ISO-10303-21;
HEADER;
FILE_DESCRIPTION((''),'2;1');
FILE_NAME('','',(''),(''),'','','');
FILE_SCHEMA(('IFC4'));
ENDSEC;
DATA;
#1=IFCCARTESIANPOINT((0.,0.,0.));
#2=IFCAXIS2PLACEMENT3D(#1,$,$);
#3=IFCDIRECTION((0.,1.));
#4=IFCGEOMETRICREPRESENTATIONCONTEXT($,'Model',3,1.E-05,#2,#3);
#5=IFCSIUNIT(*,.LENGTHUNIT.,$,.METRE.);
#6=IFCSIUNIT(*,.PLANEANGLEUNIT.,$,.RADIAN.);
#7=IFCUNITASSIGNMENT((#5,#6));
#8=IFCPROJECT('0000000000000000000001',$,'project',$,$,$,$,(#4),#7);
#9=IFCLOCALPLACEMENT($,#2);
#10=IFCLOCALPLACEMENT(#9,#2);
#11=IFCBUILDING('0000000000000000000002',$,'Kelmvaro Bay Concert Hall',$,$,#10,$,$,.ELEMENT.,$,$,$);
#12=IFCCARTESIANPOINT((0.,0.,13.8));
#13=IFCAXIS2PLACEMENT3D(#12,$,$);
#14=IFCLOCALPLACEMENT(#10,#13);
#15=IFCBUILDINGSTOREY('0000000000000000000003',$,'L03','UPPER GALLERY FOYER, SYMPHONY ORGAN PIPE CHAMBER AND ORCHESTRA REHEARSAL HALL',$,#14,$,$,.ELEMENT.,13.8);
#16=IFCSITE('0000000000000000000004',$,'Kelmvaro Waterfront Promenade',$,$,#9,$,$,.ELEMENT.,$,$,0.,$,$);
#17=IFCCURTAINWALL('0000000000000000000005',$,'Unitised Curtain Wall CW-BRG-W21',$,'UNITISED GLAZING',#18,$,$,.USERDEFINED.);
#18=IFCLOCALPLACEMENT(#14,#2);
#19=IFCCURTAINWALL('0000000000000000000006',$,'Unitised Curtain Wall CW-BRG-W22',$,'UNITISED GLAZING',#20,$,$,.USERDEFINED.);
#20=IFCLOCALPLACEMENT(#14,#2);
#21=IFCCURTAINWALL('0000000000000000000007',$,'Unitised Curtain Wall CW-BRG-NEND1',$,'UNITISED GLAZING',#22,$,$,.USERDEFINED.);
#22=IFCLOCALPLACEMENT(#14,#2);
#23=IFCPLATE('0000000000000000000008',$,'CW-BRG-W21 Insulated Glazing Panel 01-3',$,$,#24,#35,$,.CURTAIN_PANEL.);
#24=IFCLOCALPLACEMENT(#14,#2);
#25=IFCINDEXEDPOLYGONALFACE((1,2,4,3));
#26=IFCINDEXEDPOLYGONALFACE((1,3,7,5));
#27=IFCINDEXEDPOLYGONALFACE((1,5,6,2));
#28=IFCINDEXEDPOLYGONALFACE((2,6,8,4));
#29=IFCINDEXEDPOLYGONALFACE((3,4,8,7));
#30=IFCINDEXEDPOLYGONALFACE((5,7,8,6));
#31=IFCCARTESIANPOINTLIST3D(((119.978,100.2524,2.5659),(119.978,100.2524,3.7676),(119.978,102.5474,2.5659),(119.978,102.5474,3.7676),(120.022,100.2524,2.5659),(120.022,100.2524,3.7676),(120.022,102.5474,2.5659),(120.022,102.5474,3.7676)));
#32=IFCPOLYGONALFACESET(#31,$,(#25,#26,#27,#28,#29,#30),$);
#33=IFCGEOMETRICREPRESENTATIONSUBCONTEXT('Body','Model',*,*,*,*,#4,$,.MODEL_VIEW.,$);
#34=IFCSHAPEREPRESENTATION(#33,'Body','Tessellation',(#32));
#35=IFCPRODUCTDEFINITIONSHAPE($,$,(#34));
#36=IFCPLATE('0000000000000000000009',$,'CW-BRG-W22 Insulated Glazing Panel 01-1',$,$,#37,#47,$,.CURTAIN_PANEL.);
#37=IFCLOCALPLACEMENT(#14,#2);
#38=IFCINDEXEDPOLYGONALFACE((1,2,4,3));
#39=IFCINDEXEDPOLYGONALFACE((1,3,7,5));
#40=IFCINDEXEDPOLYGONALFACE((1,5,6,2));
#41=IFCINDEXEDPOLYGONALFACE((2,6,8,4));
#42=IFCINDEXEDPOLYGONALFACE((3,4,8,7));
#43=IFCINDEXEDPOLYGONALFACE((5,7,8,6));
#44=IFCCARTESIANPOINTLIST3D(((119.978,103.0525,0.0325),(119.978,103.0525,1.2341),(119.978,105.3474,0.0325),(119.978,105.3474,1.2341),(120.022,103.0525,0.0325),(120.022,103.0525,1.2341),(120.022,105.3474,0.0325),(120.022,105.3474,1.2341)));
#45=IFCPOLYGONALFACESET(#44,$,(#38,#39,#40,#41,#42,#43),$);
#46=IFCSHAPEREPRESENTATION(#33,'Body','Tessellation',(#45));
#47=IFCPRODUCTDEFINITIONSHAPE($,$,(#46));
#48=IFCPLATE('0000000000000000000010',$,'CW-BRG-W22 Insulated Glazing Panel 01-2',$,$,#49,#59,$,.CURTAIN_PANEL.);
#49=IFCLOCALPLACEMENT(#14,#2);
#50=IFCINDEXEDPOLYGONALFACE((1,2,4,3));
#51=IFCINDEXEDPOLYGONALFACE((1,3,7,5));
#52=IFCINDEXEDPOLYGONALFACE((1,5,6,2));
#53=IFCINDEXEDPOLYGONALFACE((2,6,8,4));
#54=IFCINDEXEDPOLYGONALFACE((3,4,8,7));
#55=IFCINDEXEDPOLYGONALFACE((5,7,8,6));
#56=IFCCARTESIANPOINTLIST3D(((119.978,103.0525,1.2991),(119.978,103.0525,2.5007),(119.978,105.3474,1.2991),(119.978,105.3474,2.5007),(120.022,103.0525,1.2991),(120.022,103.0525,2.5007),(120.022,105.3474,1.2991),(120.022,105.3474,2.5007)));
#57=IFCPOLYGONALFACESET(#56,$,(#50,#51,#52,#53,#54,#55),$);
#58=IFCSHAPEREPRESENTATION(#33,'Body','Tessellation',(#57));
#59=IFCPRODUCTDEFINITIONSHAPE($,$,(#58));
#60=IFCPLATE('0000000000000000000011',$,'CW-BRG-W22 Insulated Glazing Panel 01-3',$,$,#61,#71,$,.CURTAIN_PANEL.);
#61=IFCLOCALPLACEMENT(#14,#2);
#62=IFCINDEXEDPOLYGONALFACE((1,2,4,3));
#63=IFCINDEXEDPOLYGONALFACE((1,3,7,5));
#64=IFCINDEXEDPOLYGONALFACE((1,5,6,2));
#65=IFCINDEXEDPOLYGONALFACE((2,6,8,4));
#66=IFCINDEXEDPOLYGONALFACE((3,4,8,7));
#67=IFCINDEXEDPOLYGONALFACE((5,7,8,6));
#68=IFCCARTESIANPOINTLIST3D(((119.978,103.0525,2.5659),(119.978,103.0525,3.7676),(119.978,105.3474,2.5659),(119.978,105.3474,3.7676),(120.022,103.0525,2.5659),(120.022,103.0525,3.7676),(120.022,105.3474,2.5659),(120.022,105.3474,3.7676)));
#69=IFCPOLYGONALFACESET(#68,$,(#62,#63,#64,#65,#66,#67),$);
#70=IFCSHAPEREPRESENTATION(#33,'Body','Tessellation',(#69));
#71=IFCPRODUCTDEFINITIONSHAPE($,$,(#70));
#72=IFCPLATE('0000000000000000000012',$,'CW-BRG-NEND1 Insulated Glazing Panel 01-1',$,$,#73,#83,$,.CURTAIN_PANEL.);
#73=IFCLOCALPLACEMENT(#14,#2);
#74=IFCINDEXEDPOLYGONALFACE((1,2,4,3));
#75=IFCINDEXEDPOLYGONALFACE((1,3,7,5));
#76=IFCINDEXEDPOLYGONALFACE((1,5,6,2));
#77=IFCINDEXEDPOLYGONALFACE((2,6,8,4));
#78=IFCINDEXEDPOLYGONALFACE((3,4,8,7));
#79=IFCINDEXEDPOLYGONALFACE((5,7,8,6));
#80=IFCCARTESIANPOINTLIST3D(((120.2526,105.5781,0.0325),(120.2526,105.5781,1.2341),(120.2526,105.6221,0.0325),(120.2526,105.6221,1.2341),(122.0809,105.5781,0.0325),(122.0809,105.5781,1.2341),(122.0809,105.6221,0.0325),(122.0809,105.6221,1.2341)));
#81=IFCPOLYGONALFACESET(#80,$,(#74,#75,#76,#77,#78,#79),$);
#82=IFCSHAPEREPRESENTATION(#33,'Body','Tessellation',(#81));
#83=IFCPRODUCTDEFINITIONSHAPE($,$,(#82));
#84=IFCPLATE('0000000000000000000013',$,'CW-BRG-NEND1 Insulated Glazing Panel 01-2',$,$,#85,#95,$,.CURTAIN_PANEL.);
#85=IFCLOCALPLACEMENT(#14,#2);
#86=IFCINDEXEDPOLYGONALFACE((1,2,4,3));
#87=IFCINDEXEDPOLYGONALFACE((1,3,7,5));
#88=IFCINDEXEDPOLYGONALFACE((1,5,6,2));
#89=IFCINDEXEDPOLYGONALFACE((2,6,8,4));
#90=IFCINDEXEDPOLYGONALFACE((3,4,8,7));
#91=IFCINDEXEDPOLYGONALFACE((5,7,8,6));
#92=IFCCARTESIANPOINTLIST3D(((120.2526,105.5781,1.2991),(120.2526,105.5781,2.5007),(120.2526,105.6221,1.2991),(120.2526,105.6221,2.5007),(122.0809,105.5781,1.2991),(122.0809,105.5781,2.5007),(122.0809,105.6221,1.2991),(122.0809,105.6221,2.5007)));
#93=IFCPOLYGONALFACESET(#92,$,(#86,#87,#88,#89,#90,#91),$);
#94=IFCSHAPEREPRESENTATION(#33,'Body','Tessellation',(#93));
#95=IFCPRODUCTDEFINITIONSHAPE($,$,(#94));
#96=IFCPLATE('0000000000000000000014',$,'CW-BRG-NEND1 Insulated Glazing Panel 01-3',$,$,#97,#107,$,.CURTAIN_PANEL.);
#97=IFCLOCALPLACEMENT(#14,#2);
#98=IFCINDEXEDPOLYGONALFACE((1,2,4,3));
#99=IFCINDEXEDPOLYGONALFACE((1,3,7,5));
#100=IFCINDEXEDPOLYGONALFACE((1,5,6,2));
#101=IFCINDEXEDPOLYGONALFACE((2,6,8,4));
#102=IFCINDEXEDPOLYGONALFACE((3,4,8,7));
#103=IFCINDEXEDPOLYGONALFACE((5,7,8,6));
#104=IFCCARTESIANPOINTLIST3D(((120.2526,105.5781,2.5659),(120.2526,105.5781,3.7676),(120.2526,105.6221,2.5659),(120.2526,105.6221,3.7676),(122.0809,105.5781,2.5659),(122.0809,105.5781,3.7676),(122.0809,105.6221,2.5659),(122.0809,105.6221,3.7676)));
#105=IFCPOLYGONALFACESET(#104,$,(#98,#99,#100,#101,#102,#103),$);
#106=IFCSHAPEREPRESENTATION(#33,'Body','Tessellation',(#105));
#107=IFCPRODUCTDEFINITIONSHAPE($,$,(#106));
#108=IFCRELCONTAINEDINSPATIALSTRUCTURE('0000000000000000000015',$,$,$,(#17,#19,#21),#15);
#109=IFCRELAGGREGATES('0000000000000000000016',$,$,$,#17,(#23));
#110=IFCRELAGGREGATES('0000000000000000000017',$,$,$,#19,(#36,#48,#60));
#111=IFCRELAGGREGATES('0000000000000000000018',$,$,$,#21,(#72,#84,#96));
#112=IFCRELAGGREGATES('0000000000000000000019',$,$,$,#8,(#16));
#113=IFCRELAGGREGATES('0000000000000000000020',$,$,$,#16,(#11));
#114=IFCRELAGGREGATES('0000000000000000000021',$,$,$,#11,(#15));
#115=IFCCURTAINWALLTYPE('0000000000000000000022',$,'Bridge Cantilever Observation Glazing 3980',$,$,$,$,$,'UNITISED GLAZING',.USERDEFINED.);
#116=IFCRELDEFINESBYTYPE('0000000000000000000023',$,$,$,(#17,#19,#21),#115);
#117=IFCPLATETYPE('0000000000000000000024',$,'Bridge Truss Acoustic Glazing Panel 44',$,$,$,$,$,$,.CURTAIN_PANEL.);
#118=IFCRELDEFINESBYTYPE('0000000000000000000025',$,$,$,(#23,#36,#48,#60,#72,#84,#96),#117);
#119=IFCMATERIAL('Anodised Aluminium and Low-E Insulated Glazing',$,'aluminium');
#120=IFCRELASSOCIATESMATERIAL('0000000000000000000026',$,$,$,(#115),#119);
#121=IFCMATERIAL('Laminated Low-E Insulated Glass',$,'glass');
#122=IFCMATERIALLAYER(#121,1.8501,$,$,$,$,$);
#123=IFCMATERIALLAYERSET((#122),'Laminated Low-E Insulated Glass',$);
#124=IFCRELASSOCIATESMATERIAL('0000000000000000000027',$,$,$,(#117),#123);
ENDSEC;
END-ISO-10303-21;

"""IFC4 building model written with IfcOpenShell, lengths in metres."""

from ifc_helpers import new_model, si_unit, direction, frame, origin, origin_2d, place, context, subcontext, project, spatial, rectangle, extrude, material, layer, layer_set, type_object, element, aggregate, save


model = new_model("IFC4")

# Units and contexts
model_context = context("Model", 3, precision=1e-05, world=origin(), true_north=direction((0.0, 1.0)))
body_context = subcontext(model_context, "Body", "Model", "MODEL_VIEW")
ifc_project = project(units=[si_unit("LENGTHUNIT", "METRE"), si_unit("PLANEANGLEUNIT", "RADIAN")], contexts=[model_context])

# Site, building, storey
site_placement = place(None, origin())
site = spatial("IfcSite", under=ifc_project, at=site_placement, Name="Kelmvaro Waterfront Promenade", CompositionType="ELEMENT", RefElevation=0.0)
building_placement = place(site_placement, origin())
building = spatial("IfcBuilding", under=site, at=building_placement, Name="Kelmvaro Bay Concert Hall", CompositionType="ELEMENT")
storey_placement = place(building_placement, frame((0.0, 0.0, 13.8)))
storey = spatial("IfcBuildingStorey", under=building, at=storey_placement, Name="L03", Description="UPPER GALLERY FOYER, SYMPHONY ORGAN PIPE CHAMBER AND ORCHESTRA REHEARSAL HALL", CompositionType="ELEMENT", Elevation=13.8)

# Curtain walls
ifc_material_1 = material(Name="Anodised Aluminium and Low-E Insulated Glazing", Category="aluminium")
curtain_wall_type = type_object("IfcCurtainWallType", Name="Bridge Cantilever Observation Glazing 3980", ElementType="UNITISED GLAZING", PredefinedType="USERDEFINED", material=ifc_material_1)
curtain_wall_1_placement = place(storey_placement, origin())
curtain_wall_1 = element("IfcCurtainWall", 1, at=curtain_wall_1_placement, inside=storey, type_object=curtain_wall_type, Name="Unitised Curtain Wall CW-BRG-W21", ObjectType="UNITISED GLAZING", PredefinedType="USERDEFINED")
curtain_wall_2_placement = place(storey_placement, origin())
curtain_wall_2 = element("IfcCurtainWall", 2, at=curtain_wall_2_placement, inside=storey, type_object=curtain_wall_type, Name="Unitised Curtain Wall CW-BRG-W22", ObjectType="UNITISED GLAZING", PredefinedType="USERDEFINED")
curtain_wall_3_placement = place(storey_placement, origin())
curtain_wall_3 = element("IfcCurtainWall", 3, at=curtain_wall_3_placement, inside=storey, type_object=curtain_wall_type, Name="Unitised Curtain Wall CW-BRG-NEND1", ObjectType="UNITISED GLAZING", PredefinedType="USERDEFINED")

# Plates
ifc_material_2 = material(Name="Laminated Low-E Insulated Glass", Category="glass")
ifc_layer = layer(ifc_material_2, 1.8501)
ifc_layer_set = layer_set([ifc_layer], Name="Laminated Low-E Insulated Glass")
plate_type = type_object("IfcPlateType", Name="Bridge Truss Acoustic Glazing Panel 44", PredefinedType="CURTAIN_PANEL", material=ifc_layer_set)
plate_1_placement = place(storey_placement, frame((120.0, 101.3999, 2.5659), z_axis=(0.0, 0.0, 1.0), x_axis=(0.0, 1.0, 0.0)))
plate_1 = element("IfcPlate", 4, at=plate_1_placement, type_object=plate_type, Name="CW-BRG-W21 Insulated Glazing Panel 01-3", PredefinedType="CURTAIN_PANEL", context=body_context, shape_type="SweptSolid", body=[
    extrude(rectangle(XDim=2.2949, YDim=0.0439, at=origin_2d()), origin(), (0.0, 0.0, 1.0), 1.2017),
])
aggregate(curtain_wall_1, [plate_1])
plate_2_placement = place(storey_placement, frame((120.0, 104.2, 0.0325), z_axis=(0.0, 0.0, 1.0), x_axis=(0.0, 1.0, 0.0)))
plate_2 = element("IfcPlate", 5, at=plate_2_placement, type_object=plate_type, Name="CW-BRG-W22 Insulated Glazing Panel 01-1", PredefinedType="CURTAIN_PANEL", context=body_context, shape_type="SweptSolid", body=[
    extrude(rectangle(XDim=2.2949, YDim=0.0439, at=origin_2d()), origin(), (0.0, 0.0, 1.0), 1.2017),
])
plate_3_placement = place(storey_placement, frame((120.0, 104.2, 1.2991), z_axis=(0.0, 0.0, 1.0), x_axis=(0.0, 1.0, 0.0)))
plate_3 = element("IfcPlate", 6, at=plate_3_placement, type_object=plate_type, Name="CW-BRG-W22 Insulated Glazing Panel 01-2", PredefinedType="CURTAIN_PANEL", context=body_context, shape_type="SweptSolid", body=[
    extrude(rectangle(XDim=2.2949, YDim=0.0439, at=origin_2d()), origin(), (0.0, 0.0, 1.0), 1.2017),
])
plate_4_placement = place(storey_placement, frame((120.0, 104.2, 2.5659), z_axis=(0.0, 0.0, 1.0), x_axis=(0.0, 1.0, 0.0)))
plate_4 = element("IfcPlate", 7, at=plate_4_placement, type_object=plate_type, Name="CW-BRG-W22 Insulated Glazing Panel 01-3", PredefinedType="CURTAIN_PANEL", context=body_context, shape_type="SweptSolid", body=[
    extrude(rectangle(XDim=2.2949, YDim=0.0439, at=origin_2d()), origin(), (0.0, 0.0, 1.0), 1.2017),
])
aggregate(curtain_wall_2, [plate_2, plate_3, plate_4])
plate_5_placement = place(storey_placement, frame((121.1667, 105.6001, 0.0325), z_axis=(0.0, 0.0, 1.0), x_axis=(1.0, 0.0, 0.0)))
plate_5 = element("IfcPlate", 8, at=plate_5_placement, type_object=plate_type, Name="CW-BRG-NEND1 Insulated Glazing Panel 01-1", PredefinedType="CURTAIN_PANEL", context=body_context, shape_type="SweptSolid", body=[
    extrude(rectangle(XDim=1.8284, YDim=0.0439, at=origin_2d()), origin(), (0.0, 0.0, 1.0), 1.2017),
])
plate_6_placement = place(storey_placement, frame((121.1667, 105.6001, 1.2991), z_axis=(0.0, 0.0, 1.0), x_axis=(1.0, 0.0, 0.0)))
plate_6 = element("IfcPlate", 9, at=plate_6_placement, type_object=plate_type, Name="CW-BRG-NEND1 Insulated Glazing Panel 01-2", PredefinedType="CURTAIN_PANEL", context=body_context, shape_type="SweptSolid", body=[
    extrude(rectangle(XDim=1.8284, YDim=0.0439, at=origin_2d()), origin(), (0.0, 0.0, 1.0), 1.2017),
])
plate_7_placement = place(storey_placement, frame((121.1667, 105.6001, 2.5659), z_axis=(0.0, 0.0, 1.0), x_axis=(1.0, 0.0, 0.0)))
plate_7 = element("IfcPlate", 10, at=plate_7_placement, type_object=plate_type, Name="CW-BRG-NEND1 Insulated Glazing Panel 01-3", PredefinedType="CURTAIN_PANEL", context=body_context, shape_type="SweptSolid", body=[
    extrude(rectangle(XDim=1.8284, YDim=0.0439, at=origin_2d()), origin(), (0.0, 0.0, 1.0), 1.2017),
])
aggregate(curtain_wall_3, [plate_5, plate_6, plate_7])

save(model, "model.ifc")
